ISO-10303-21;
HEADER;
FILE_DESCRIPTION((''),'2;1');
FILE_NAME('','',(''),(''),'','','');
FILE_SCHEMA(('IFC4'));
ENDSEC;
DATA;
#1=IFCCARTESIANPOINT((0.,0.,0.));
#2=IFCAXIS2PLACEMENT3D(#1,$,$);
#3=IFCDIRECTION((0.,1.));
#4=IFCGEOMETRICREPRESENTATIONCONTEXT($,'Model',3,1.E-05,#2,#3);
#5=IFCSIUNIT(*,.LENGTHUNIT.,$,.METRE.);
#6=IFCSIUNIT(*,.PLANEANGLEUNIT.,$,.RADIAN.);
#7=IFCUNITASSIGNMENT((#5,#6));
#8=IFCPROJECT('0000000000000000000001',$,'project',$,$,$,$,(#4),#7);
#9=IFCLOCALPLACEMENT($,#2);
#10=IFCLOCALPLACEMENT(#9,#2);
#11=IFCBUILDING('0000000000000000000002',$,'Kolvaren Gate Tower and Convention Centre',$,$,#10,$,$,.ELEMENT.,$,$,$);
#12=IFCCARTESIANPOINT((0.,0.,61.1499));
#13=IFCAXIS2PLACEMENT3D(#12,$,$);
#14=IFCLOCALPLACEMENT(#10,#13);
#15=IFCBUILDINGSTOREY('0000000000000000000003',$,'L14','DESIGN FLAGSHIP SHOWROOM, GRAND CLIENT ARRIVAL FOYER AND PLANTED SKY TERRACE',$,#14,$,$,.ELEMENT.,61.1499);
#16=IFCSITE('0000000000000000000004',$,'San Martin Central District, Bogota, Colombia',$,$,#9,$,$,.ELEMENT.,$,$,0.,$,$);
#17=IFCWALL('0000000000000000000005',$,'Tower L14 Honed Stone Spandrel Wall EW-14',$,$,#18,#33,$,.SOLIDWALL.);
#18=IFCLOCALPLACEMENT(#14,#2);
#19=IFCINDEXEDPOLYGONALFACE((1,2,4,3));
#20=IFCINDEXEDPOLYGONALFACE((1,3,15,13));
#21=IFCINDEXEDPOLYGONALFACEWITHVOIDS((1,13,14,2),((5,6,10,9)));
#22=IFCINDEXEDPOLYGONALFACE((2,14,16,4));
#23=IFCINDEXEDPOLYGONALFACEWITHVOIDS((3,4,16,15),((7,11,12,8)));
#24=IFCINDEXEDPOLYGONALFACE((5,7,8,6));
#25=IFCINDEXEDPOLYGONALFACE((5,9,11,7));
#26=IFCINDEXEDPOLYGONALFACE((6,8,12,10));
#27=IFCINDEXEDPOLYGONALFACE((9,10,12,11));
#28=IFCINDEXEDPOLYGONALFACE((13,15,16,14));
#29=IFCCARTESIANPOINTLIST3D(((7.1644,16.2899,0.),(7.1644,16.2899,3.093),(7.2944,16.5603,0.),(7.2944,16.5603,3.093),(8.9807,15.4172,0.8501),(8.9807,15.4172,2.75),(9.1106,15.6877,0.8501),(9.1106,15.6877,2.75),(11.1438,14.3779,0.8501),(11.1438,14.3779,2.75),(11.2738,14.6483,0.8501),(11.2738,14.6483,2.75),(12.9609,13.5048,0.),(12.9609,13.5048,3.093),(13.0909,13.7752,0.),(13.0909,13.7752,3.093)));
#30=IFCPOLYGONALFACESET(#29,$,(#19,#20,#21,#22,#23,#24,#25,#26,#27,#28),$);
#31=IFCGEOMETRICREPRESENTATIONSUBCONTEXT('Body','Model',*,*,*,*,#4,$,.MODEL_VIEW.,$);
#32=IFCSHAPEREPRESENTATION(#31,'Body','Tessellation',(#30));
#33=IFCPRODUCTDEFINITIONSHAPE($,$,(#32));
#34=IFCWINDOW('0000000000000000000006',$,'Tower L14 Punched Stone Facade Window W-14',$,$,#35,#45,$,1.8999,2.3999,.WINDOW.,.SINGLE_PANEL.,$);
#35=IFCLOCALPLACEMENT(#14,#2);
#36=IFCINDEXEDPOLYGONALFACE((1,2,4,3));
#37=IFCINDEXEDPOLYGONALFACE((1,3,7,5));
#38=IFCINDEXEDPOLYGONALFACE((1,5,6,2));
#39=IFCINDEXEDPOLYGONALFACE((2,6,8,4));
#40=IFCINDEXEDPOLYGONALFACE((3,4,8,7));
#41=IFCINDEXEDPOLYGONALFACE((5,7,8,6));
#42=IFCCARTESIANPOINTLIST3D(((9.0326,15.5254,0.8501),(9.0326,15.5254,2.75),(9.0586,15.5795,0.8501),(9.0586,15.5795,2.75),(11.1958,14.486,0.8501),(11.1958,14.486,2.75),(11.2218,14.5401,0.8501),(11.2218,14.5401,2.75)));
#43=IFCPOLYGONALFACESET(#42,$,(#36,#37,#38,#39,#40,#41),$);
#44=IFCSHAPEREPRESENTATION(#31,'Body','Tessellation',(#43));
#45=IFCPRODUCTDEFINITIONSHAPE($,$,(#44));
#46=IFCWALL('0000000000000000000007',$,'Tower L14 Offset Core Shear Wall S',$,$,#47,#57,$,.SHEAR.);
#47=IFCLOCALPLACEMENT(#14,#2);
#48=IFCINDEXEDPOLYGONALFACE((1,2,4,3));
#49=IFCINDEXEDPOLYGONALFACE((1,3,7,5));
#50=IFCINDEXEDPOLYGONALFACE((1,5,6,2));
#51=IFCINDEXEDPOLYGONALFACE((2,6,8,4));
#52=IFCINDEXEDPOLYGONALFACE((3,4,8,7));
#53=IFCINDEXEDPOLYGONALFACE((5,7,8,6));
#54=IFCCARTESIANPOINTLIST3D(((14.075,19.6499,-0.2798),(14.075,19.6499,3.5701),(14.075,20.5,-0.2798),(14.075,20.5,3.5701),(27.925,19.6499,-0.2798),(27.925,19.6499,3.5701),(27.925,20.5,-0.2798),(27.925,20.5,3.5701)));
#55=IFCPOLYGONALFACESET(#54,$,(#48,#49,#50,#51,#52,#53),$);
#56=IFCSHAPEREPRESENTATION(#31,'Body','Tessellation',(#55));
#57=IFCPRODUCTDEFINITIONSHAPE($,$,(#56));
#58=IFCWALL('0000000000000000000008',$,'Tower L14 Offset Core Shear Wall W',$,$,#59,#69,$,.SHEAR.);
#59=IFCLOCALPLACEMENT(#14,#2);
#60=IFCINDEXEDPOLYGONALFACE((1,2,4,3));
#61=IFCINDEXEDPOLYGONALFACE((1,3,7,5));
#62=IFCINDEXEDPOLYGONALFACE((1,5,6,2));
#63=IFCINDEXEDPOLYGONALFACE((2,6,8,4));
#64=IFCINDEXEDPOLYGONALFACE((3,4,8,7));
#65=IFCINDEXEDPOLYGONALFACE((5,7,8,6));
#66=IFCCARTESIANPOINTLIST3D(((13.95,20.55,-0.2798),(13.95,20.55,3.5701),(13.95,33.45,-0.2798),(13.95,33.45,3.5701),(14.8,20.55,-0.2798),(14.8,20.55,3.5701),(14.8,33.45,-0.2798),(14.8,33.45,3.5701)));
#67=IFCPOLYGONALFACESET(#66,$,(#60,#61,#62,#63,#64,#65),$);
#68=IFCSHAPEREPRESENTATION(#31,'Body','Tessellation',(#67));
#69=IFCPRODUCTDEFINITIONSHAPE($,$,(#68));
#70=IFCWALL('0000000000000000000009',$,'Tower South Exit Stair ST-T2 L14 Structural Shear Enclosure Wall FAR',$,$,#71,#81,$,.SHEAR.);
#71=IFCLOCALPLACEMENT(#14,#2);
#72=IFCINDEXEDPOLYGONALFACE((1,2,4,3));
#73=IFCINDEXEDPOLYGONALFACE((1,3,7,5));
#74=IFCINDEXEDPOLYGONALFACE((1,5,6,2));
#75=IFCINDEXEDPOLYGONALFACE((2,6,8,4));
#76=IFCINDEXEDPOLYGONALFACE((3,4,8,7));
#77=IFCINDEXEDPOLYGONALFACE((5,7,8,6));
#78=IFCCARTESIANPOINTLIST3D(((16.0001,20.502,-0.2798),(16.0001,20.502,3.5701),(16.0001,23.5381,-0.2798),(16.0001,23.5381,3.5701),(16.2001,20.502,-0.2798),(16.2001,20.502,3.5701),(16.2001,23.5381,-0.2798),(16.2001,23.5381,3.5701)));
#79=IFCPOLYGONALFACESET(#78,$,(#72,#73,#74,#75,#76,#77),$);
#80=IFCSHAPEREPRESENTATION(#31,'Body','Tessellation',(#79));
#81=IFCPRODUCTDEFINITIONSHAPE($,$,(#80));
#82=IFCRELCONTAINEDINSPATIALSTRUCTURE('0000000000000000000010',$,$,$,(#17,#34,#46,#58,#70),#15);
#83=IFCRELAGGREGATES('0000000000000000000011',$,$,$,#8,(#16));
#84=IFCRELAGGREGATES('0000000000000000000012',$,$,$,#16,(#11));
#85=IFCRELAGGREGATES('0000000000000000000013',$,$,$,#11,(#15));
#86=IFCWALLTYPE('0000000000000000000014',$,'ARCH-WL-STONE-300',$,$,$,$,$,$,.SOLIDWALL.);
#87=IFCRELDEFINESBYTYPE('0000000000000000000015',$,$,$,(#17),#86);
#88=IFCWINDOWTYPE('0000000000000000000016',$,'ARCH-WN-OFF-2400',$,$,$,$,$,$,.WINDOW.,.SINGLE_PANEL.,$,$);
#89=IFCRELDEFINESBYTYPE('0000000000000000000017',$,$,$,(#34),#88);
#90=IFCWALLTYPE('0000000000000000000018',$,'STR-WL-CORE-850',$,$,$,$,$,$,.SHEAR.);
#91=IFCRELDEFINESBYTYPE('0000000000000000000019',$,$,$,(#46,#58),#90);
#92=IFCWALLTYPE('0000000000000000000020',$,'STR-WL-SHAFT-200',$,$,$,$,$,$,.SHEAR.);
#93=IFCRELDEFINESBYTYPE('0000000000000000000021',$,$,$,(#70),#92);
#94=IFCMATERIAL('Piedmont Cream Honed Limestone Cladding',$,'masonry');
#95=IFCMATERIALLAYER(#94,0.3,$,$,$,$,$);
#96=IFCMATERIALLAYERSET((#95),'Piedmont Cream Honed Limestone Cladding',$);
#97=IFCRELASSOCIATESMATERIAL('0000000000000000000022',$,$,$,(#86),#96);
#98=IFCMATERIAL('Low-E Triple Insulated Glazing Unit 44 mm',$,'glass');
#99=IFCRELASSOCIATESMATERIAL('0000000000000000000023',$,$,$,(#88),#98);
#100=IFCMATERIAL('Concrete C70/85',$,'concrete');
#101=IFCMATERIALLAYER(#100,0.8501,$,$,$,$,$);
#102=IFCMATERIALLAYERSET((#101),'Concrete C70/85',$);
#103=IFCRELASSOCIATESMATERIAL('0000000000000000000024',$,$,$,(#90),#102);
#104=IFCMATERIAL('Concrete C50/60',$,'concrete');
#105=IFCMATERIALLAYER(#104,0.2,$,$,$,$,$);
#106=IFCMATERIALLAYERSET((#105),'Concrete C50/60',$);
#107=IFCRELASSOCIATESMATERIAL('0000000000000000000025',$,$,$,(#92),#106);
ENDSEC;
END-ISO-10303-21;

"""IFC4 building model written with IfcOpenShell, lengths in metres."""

from ifc_helpers import new_model, si_unit, direction, frame, frame_2d, origin, place, context, subcontext, project, spatial, rectangle, extrude, material, layer, layer_set, type_object, element, fill, save


model = new_model("IFC4")

# Units and contexts
model_context = context("Model", 3, precision=1e-05, world=origin(), true_north=direction((0.0, 1.0)))
body_context = subcontext(model_context, "Body", "Model", "MODEL_VIEW")
ifc_project = project(units=[si_unit("LENGTHUNIT", "METRE"), si_unit("PLANEANGLEUNIT", "RADIAN")], contexts=[model_context])

# Site, building, storey
site_placement = place(None, origin())
site = spatial("IfcSite", under=ifc_project, at=site_placement, Name="San Martin Central District, Bogota, Colombia", CompositionType="ELEMENT", RefElevation=0.0)
building_placement = place(site_placement, origin())
building = spatial("IfcBuilding", under=site, at=building_placement, Name="Kolvaren Gate Tower and Convention Centre", CompositionType="ELEMENT")
storey_placement = place(building_placement, frame((0.0, 0.0, 61.1499)))
storey = spatial("IfcBuildingStorey", under=building, at=storey_placement, Name="L14", Description="DESIGN FLAGSHIP SHOWROOM, GRAND CLIENT ARRIVAL FOYER AND PLANTED SKY TERRACE", CompositionType="ELEMENT", Elevation=61.1499)

# Shared definitions
ifc_material_1 = material(Name="Concrete C70/85", Category="concrete")

# Shared definitions
ifc_material_2 = material(Name="Low-E Triple Insulated Glazing Unit 44 mm", Category="glass")

# Shared definitions
ifc_material_3 = material(Name="Piedmont Cream Honed Limestone Cladding", Category="masonry")

# Shared definitions
ifc_layer_1 = layer(ifc_material_3, 0.3)
ifc_layer_set_1 = layer_set([ifc_layer_1], Name="Piedmont Cream Honed Limestone Cladding")
wall_type_1 = type_object("IfcWallType", Name="ARCH-WL-STONE-300", PredefinedType="SOLIDWALL", material=ifc_layer_set_1)

# Wall, opening, window
wall_1_placement = place(storey_placement, frame((7.2295, 16.425, 0.0), z_axis=(0.0, 0.0, 1.0), x_axis=(0.901355, -0.433082, 0.0)))
wall_1 = element("IfcWall", 1, at=wall_1_placement, inside=storey, type_object=wall_type_1, Name="Tower L14 Honed Stone Spandrel Wall EW-14", PredefinedType="SOLIDWALL", context=body_context, shape_type="SweptSolid", body=[
    extrude(rectangle(XDim=6.4309, YDim=0.3, at=frame_2d((3.2153, 0.0))), origin(), (0.0, 0.0, 1.0), 3.093),
])
opening_1_placement = place(wall_1_placement, frame((2.0149, 0.0, 0.8501)))
opening_1 = element("IfcOpeningElement", 2, at=opening_1_placement, cuts=wall_1, PredefinedType="OPENING", context=body_context, shape_type="SweptSolid", body=[
    extrude(rectangle(XDim=2.3999, YDim=1.8999, at=frame_2d((1.2, 0.95))), frame((0.0, 0.1599, 0.0), z_axis=(0.0, -1.0, 0.0), x_axis=(1.0, 0.0, 0.0)), (0.0, 0.0, 1.0), 0.3201),
])
window_type = type_object("IfcWindowType", Name="ARCH-WN-OFF-2400", PartitioningType="SINGLE_PANEL", PredefinedType="WINDOW", material=ifc_material_2)
window_placement = place(opening_1_placement, origin())
window = element("IfcWindow", 3, at=window_placement, inside=storey, type_object=window_type, Name="Tower L14 Punched Stone Facade Window W-14", OverallHeight=1.8999, OverallWidth=2.3999, PartitioningType="SINGLE_PANEL", PredefinedType="WINDOW", context=body_context, shape_type="SweptSolid", body=[
    extrude(rectangle(XDim=2.3999, YDim=1.8999, at=frame_2d((1.2, 0.95))), frame((0.0, 0.03, 0.0), z_axis=(0.0, -1.0, 0.0), x_axis=(1.0, 0.0, 0.0)), (0.0, 0.0, 1.0), 0.0601),
])
fill(opening_1, window)

# Walls
ifc_layer_2 = layer(ifc_material_1, 0.8501)
ifc_layer_set_2 = layer_set([ifc_layer_2], Name="Concrete C70/85")
wall_type_2 = type_object("IfcWallType", Name="STR-WL-CORE-850", PredefinedType="SHEAR", material=ifc_layer_set_2)
wall_2_placement = place(storey_placement, frame((14.075, 20.075, -0.2798), z_axis=(0.0, 0.0, 1.0), x_axis=(1.0, 0.0, 0.0)))
element("IfcWall", 4, at=wall_2_placement, inside=storey, type_object=wall_type_2, Name="Tower L14 Offset Core Shear Wall S", PredefinedType="SHEAR", context=body_context, shape_type="SweptSolid", body=[
    extrude(rectangle(XDim=13.8501, YDim=0.8501, at=frame_2d((6.925, 0.0))), origin(), (0.0, 0.0, 1.0), 3.8499),
])
wall_3_placement = place(storey_placement, frame((14.375, 20.55, -0.2798), z_axis=(0.0, 0.0, 1.0), x_axis=(0.0, 1.0, 0.0)))
element("IfcWall", 5, at=wall_3_placement, inside=storey, type_object=wall_type_2, Name="Tower L14 Offset Core Shear Wall W", PredefinedType="SHEAR", context=body_context, shape_type="SweptSolid", body=[
    extrude(rectangle(XDim=12.8999, YDim=0.8501, at=frame_2d((6.45, 0.0))), origin(), (0.0, 0.0, 1.0), 3.8499),
])
ifc_material_4 = material(Name="Concrete C50/60", Category="concrete")
ifc_layer_3 = layer(ifc_material_4, 0.2)
ifc_layer_set_3 = layer_set([ifc_layer_3], Name="Concrete C50/60")
wall_type_3 = type_object("IfcWallType", Name="STR-WL-SHAFT-200", PredefinedType="SHEAR", material=ifc_layer_set_3)
wall_4_placement = place(storey_placement, frame((16.1001, 20.502, -0.2798), z_axis=(0.0, 0.0, 1.0), x_axis=(0.0, 1.0, 0.0)))
element("IfcWall", 6, at=wall_4_placement, inside=storey, type_object=wall_type_3, Name="Tower South Exit Stair ST-T2 L14 Structural Shear Enclosure Wall FAR", PredefinedType="SHEAR", context=body_context, shape_type="SweptSolid", body=[
    extrude(rectangle(XDim=3.0361, YDim=0.2, at=frame_2d((1.5181, 0.0))), origin(), (0.0, 0.0, 1.0), 3.8499),
])

save(model, "model.ifc")
